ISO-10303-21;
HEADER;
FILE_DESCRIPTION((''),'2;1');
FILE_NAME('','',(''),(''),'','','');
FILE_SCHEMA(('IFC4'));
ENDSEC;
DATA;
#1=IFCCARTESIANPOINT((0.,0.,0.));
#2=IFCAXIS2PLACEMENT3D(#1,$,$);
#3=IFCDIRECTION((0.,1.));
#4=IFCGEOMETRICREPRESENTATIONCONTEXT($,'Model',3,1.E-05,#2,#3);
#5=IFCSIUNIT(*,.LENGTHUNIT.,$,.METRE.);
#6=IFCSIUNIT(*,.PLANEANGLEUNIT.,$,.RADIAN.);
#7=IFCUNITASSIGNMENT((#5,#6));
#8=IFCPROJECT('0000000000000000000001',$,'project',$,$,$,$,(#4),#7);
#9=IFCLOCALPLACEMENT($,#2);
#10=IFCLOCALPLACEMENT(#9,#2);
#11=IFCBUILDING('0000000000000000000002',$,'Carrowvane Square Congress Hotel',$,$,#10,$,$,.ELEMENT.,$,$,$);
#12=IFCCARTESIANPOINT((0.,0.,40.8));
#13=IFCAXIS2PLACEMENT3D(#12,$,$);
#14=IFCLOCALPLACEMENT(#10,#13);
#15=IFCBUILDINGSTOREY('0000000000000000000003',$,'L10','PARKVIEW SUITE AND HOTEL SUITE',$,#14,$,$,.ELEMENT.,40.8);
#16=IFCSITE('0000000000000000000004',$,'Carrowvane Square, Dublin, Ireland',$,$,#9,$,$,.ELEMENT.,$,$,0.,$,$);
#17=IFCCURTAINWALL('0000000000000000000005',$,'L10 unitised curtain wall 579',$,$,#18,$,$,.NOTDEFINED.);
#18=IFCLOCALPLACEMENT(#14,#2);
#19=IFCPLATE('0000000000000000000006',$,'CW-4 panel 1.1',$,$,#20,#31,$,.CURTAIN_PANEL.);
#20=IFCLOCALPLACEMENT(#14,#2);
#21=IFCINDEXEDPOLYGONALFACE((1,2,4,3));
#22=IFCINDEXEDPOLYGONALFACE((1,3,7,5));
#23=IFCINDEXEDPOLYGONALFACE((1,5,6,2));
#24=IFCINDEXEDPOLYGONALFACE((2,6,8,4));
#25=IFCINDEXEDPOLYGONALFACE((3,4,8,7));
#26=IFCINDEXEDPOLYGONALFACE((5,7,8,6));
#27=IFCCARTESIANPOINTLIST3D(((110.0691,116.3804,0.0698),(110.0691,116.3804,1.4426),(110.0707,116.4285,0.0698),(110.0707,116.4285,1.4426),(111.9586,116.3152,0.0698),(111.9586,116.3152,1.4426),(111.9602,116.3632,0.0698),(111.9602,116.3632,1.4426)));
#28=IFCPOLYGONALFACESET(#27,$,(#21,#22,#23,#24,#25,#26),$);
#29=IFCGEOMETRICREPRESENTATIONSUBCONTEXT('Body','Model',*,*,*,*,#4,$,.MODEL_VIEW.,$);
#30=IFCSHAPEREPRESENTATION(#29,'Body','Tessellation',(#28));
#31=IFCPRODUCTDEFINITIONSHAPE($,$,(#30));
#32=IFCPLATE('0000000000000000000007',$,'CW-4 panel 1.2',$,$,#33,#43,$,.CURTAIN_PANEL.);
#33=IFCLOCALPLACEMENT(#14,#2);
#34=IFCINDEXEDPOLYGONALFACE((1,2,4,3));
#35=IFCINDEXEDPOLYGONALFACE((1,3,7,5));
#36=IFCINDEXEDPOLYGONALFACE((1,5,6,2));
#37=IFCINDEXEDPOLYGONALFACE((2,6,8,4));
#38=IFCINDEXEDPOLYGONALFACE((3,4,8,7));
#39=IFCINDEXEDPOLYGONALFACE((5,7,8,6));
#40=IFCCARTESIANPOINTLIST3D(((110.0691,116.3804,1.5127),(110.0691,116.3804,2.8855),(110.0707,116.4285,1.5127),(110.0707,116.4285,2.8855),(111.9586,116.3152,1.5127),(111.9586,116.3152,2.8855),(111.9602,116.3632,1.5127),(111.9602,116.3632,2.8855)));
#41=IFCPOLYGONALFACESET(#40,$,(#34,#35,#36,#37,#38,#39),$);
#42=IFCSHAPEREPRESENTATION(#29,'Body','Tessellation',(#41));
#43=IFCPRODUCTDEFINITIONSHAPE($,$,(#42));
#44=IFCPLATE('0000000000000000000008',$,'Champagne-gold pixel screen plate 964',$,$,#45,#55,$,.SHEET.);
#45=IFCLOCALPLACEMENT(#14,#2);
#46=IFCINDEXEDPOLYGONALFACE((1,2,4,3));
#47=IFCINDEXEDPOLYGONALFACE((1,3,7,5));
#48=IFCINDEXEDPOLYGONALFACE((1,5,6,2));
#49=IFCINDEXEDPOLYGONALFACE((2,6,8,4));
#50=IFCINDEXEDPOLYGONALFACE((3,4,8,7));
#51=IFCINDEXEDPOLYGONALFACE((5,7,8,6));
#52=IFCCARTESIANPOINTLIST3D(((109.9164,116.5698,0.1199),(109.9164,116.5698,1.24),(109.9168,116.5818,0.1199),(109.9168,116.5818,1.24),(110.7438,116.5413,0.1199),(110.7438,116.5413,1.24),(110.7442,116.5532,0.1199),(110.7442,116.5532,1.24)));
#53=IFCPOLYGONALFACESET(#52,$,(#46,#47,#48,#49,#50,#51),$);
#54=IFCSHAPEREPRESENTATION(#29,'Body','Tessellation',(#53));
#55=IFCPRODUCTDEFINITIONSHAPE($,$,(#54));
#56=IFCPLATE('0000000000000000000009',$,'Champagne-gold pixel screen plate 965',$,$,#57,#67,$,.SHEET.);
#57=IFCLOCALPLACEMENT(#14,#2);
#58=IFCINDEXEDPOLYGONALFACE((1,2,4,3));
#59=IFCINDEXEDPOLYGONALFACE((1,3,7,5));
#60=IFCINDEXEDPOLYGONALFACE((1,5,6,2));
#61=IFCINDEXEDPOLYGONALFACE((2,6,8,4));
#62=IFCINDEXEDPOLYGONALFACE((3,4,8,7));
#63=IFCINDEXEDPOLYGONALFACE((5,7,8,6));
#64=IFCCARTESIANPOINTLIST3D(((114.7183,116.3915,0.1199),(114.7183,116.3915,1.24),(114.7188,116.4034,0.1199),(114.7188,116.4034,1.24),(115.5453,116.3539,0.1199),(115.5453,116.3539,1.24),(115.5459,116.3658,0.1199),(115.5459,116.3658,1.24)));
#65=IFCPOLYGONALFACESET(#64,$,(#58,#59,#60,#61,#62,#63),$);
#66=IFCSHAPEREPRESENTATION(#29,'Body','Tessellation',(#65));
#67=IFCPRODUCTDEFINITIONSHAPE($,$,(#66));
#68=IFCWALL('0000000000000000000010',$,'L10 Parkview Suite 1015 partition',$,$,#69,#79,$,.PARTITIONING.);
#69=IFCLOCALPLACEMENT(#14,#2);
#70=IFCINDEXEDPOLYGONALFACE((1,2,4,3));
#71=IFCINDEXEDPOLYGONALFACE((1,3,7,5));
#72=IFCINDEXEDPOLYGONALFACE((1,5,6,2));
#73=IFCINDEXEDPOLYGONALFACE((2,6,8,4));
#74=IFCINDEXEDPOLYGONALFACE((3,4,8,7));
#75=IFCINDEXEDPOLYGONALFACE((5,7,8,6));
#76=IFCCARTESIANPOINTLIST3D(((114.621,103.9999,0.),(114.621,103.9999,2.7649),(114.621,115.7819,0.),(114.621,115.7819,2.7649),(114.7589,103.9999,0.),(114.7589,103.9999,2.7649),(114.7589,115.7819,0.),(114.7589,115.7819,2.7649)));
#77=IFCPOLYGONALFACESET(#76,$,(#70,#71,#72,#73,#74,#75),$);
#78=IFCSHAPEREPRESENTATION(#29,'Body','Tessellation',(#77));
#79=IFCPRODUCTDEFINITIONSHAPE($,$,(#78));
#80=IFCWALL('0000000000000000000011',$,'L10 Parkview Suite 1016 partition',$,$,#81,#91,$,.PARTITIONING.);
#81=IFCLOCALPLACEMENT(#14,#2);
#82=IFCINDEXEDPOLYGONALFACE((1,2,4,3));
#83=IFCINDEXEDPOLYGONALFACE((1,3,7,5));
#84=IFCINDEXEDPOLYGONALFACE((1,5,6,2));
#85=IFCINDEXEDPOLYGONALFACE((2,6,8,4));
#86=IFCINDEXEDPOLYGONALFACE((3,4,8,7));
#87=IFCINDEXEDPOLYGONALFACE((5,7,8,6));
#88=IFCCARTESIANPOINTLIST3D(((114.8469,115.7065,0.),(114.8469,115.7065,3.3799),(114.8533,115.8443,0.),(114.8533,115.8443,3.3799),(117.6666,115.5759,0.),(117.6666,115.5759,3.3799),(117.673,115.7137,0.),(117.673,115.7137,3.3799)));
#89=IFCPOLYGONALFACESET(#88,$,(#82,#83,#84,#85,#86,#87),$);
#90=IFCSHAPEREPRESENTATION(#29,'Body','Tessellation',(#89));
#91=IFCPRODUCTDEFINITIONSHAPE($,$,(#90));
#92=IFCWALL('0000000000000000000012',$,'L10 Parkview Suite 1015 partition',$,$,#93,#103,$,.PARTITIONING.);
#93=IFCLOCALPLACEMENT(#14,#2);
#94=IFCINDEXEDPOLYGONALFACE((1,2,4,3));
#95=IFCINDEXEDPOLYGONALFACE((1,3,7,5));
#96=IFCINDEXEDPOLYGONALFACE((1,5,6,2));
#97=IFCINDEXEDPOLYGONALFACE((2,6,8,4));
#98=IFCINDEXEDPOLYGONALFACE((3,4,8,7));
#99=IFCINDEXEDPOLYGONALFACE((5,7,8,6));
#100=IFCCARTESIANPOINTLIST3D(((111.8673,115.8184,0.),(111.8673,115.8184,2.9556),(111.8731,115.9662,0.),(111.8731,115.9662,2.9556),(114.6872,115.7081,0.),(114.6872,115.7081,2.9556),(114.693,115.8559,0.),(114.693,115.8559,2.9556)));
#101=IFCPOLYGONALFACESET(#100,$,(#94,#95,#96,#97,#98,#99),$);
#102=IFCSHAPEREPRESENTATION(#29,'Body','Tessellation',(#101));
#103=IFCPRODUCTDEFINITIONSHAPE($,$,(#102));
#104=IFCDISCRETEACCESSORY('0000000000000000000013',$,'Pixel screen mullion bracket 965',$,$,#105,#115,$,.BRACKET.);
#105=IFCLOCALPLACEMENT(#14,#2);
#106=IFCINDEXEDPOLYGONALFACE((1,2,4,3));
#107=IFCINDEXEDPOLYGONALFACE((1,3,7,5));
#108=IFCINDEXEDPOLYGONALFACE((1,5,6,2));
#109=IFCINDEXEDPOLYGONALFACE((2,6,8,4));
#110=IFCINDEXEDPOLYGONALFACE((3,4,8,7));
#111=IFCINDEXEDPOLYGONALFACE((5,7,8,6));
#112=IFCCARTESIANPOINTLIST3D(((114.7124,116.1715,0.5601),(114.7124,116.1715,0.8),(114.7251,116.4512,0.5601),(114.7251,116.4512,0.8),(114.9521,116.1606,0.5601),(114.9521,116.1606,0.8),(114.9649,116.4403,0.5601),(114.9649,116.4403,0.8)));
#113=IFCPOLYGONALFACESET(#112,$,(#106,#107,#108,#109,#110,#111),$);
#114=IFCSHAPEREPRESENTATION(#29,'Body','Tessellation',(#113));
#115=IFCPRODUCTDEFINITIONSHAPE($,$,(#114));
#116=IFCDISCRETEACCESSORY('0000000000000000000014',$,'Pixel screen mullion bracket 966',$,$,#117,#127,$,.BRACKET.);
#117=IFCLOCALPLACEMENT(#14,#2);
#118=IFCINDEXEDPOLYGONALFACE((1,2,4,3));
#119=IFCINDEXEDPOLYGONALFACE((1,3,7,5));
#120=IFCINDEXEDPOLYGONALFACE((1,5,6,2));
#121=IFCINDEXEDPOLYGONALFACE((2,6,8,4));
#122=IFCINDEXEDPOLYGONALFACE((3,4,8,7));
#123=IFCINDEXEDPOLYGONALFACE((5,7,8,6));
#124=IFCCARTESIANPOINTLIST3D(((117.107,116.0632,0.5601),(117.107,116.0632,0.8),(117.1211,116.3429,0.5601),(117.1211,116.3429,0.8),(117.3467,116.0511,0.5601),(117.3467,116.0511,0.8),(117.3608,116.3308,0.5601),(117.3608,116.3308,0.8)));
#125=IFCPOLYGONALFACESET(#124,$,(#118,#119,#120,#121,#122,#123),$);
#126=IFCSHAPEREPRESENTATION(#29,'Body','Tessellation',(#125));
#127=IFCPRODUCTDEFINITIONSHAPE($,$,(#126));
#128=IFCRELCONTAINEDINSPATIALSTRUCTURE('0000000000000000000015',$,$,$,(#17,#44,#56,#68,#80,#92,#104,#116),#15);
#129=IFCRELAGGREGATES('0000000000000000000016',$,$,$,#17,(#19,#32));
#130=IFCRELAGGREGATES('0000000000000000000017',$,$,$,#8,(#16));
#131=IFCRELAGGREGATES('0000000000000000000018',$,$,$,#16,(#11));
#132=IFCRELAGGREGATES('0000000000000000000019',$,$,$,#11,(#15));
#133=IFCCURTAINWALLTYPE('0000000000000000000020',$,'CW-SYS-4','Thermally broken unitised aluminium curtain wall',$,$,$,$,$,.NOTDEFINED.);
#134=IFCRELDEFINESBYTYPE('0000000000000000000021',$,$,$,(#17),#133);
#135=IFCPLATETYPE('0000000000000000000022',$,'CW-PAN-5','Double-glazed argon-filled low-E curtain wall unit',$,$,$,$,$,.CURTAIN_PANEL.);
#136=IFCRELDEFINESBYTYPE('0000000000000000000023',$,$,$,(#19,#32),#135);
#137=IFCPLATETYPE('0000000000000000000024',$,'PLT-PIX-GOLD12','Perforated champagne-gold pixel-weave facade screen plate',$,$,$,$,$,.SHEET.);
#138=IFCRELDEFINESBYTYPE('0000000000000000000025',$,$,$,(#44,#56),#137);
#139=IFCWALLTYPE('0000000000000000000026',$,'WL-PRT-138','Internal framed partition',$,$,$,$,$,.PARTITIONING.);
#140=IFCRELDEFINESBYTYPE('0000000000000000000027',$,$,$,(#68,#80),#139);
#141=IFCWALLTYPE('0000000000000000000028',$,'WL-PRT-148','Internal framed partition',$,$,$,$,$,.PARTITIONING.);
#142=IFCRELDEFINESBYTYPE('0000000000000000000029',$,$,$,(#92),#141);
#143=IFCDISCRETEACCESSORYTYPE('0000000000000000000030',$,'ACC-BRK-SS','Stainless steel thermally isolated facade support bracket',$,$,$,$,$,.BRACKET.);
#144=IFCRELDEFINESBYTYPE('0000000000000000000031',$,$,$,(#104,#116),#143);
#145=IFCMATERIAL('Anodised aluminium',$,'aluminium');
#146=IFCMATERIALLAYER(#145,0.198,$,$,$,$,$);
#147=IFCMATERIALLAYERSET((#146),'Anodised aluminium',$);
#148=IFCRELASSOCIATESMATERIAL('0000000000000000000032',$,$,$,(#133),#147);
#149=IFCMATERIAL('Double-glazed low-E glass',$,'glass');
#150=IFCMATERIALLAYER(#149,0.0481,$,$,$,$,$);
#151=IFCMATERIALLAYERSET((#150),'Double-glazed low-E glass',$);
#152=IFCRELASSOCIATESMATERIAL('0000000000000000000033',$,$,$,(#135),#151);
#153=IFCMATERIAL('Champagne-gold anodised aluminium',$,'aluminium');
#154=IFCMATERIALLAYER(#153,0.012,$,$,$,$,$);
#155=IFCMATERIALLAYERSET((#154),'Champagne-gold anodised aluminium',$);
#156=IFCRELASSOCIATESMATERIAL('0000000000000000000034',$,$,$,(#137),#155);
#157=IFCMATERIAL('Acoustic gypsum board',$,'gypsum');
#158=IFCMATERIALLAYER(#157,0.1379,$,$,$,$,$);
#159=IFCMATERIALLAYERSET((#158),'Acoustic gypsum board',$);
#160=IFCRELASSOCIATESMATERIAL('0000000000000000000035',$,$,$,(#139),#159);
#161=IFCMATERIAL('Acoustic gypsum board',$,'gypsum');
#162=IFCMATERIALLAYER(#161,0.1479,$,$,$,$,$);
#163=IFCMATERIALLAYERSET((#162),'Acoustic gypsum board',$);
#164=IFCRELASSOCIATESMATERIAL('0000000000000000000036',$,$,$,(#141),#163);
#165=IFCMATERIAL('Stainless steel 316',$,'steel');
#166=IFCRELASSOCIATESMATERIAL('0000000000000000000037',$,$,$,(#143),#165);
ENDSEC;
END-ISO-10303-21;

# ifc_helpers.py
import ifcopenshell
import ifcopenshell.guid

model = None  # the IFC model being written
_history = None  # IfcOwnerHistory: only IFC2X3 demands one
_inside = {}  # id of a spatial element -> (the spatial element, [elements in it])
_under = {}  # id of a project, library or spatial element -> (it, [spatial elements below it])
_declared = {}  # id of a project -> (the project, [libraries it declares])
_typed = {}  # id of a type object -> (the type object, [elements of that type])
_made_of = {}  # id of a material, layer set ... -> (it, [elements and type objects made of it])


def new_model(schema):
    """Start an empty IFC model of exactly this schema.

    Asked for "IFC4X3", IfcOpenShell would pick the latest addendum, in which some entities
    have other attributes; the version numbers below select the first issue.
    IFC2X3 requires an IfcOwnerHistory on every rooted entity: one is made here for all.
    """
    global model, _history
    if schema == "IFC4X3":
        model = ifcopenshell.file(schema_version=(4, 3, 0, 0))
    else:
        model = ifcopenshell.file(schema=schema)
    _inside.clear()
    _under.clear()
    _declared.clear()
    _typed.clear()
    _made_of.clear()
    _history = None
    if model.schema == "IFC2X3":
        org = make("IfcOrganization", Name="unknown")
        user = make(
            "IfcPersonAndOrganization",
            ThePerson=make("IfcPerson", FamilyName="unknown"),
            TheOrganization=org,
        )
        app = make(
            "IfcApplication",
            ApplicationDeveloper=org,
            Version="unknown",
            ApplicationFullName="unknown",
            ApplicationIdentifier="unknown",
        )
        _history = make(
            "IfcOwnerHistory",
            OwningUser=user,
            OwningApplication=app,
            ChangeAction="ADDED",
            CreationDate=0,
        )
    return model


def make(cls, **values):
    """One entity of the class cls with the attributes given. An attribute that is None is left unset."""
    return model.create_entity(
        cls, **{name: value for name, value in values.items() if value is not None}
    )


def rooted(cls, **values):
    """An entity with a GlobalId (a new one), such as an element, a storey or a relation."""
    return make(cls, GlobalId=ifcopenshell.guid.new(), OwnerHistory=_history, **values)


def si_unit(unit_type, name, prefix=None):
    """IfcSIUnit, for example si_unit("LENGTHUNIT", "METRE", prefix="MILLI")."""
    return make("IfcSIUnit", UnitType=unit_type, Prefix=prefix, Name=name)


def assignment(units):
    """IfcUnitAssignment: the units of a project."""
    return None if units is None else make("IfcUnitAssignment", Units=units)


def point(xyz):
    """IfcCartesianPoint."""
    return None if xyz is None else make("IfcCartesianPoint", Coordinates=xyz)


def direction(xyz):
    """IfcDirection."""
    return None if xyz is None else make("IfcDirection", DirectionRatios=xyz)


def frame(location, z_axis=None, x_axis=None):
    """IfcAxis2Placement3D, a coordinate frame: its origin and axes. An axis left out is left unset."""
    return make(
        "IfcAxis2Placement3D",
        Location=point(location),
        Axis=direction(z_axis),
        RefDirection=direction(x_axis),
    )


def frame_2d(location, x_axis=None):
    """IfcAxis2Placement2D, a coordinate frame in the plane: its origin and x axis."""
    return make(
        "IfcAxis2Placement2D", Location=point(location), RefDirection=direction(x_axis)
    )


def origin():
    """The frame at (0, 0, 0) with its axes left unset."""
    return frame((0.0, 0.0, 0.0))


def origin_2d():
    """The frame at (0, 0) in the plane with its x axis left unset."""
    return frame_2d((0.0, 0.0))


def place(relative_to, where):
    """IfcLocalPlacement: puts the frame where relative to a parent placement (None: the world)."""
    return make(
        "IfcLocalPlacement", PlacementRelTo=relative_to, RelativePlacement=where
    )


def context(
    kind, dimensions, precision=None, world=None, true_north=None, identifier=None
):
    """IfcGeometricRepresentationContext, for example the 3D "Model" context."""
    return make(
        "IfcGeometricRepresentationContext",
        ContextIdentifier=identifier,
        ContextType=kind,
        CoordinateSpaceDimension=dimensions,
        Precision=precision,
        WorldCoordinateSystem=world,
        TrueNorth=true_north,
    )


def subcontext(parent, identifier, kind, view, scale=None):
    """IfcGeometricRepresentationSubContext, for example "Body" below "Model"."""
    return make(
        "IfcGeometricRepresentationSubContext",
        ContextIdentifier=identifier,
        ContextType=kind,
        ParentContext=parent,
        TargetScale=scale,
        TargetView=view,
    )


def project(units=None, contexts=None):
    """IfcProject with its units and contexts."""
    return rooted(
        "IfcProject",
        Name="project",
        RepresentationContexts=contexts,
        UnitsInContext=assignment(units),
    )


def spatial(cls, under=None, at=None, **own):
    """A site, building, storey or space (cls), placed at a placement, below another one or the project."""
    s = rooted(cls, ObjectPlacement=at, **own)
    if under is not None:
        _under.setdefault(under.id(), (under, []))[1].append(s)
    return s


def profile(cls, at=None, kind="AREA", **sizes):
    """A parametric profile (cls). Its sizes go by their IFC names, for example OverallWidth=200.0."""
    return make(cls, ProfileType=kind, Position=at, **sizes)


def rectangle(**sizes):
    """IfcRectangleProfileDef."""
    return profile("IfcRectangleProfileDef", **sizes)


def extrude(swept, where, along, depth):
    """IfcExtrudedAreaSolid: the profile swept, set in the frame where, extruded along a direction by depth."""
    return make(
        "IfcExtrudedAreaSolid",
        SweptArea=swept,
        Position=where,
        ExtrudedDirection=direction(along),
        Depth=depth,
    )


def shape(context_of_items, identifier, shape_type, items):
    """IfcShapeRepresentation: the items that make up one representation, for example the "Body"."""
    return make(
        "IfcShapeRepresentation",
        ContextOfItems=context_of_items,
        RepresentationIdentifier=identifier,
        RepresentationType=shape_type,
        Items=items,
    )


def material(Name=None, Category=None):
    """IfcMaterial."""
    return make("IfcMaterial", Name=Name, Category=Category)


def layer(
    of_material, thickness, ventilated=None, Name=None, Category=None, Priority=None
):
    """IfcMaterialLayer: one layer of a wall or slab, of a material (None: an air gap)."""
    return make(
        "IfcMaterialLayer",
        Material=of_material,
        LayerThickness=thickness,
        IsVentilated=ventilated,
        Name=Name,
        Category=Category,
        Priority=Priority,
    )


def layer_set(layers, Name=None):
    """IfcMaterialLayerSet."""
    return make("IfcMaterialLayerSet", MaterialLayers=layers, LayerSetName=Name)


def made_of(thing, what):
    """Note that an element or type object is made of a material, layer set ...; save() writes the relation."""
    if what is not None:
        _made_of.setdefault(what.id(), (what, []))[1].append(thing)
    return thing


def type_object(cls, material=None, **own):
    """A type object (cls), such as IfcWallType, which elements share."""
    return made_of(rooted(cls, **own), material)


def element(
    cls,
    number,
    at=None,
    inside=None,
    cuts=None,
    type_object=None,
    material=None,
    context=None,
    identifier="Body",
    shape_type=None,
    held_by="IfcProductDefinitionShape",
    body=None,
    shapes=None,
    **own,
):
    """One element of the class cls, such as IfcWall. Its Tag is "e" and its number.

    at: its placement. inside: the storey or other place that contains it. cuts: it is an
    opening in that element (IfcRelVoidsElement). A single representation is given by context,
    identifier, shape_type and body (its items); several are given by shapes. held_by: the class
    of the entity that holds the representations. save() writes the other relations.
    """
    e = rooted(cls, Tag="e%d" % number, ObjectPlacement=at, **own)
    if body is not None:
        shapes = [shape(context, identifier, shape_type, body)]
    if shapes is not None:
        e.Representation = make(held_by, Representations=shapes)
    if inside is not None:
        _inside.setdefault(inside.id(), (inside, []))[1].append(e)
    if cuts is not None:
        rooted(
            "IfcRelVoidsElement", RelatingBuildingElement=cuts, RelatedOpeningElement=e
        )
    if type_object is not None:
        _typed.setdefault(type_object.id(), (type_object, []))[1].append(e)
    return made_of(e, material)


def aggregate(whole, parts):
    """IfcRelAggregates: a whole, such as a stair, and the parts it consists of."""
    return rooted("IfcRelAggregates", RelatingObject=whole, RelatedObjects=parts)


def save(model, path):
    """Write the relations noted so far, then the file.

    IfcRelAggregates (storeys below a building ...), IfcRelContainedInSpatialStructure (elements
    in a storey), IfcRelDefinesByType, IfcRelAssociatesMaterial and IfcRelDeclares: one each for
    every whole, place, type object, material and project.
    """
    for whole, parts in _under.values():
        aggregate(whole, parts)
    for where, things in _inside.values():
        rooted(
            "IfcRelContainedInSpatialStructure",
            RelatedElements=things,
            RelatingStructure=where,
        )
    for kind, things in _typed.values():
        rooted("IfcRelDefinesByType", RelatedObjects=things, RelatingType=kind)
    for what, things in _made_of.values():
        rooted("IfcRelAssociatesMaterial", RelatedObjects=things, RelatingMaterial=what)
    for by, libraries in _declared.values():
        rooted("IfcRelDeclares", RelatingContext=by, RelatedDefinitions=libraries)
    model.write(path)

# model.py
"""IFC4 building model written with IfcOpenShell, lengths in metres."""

from ifc_helpers import new_model, si_unit, direction, frame, frame_2d, origin, origin_2d, place, context, subcontext, project, spatial, rectangle, extrude, material, layer, layer_set, type_object, element, aggregate, save


model = new_model("IFC4")

# Units and contexts
model_context = context("Model", 3, precision=1e-05, world=origin(), true_north=direction((0.0, 1.0)))
body_context = subcontext(model_context, "Body", "Model", "MODEL_VIEW")
ifc_project = project(units=[si_unit("LENGTHUNIT", "METRE"), si_unit("PLANEANGLEUNIT", "RADIAN")], contexts=[model_context])

# Site, building, storey
site_placement = place(None, origin())
site = spatial("IfcSite", under=ifc_project, at=site_placement, Name="Carrowvane Square, Dublin, Ireland", CompositionType="ELEMENT", RefElevation=0.0)
building_placement = place(site_placement, origin())
building = spatial("IfcBuilding", under=site, at=building_placement, Name="Carrowvane Square Congress Hotel", CompositionType="ELEMENT")
storey_placement = place(building_placement, frame((0.0, 0.0, 40.8)))
storey = spatial("IfcBuildingStorey", under=building, at=storey_placement, Name="L10", Description="PARKVIEW SUITE AND HOTEL SUITE", CompositionType="ELEMENT", Elevation=40.8)

# Curtain wall
ifc_material_1 = material(Name="Anodised aluminium", Category="aluminium")
ifc_layer_1 = layer(ifc_material_1, 0.198)
ifc_layer_set_1 = layer_set([ifc_layer_1], Name="Anodised aluminium")
curtain_wall_type_1 = type_object("IfcCurtainWallType", Name="CW-SYS-4", Description="Thermally broken unitised aluminium curtain wall", PredefinedType="NOTDEFINED", material=ifc_layer_set_1)
curtain_wall_1_placement = place(storey_placement, origin())
curtain_wall_1 = element("IfcCurtainWall", 1, at=curtain_wall_1_placement, inside=storey, type_object=curtain_wall_type_1, Name="L10 unitised curtain wall 579", PredefinedType="NOTDEFINED")

# Plates
ifc_material_2 = material(Name="Double-glazed low-E glass", Category="glass")
ifc_layer_2 = layer(ifc_material_2, 0.0481)
ifc_layer_set_2 = layer_set([ifc_layer_2], Name="Double-glazed low-E glass")
plate_type_1 = type_object("IfcPlateType", Name="CW-PAN-5", Description="Double-glazed argon-filled low-E curtain wall unit", PredefinedType="CURTAIN_PANEL", material=ifc_layer_set_2)
plate_1_placement = place(storey_placement, frame((111.0146, 116.3718, 0.0698), z_axis=(0.0, 0.0, 1.0), x_axis=(0.999404, -0.03453, 0.0)))
plate_1 = element("IfcPlate", 2, at=plate_1_placement, type_object=plate_type_1, Name="CW-4 panel 1.1", PredefinedType="CURTAIN_PANEL", context=body_context, shape_type="SweptSolid", body=[
    extrude(rectangle(XDim=1.8906, YDim=0.0481, at=origin_2d()), origin(), (0.0, 0.0, 1.0), 1.3728),
])
plate_2_placement = place(storey_placement, frame((111.0146, 116.3718, 1.5127), z_axis=(0.0, 0.0, 1.0), x_axis=(0.999404, -0.03453, 0.0)))
plate_2 = element("IfcPlate", 3, at=plate_2_placement, type_object=plate_type_1, Name="CW-4 panel 1.2", PredefinedType="CURTAIN_PANEL", context=body_context, shape_type="SweptSolid", body=[
    extrude(rectangle(XDim=1.8906, YDim=0.0481, at=origin_2d()), origin(), (0.0, 0.0, 1.0), 1.3728),
])
aggregate(curtain_wall_1, [plate_1, plate_2])

# Plates
ifc_material_3 = material(Name="Champagne-gold anodised aluminium", Category="aluminium")
ifc_layer_3 = layer(ifc_material_3, 0.012)
ifc_layer_set_3 = layer_set([ifc_layer_3], Name="Champagne-gold anodised aluminium")
plate_type_2 = type_object("IfcPlateType", Name="PLT-PIX-GOLD12", Description="Perforated champagne-gold pixel-weave facade screen plate", PredefinedType="SHEET", material=ifc_layer_set_3)
for number, where, z_axis, x_axis, name in (
    (4, (110.3303, 116.5615, 0.1199), (0.0, 0.0, 1.0), (0.999404, -0.034527, 0.0), "Champagne-gold pixel screen plate 964"),
    (5, (115.1321, 116.3787, 0.1199), (0.0, 0.0, 1.0), (0.998968, -0.045414, 0.0), "Champagne-gold pixel screen plate 965"),
):
    element("IfcPlate", number, at=place(storey_placement, frame(where, z_axis=z_axis, x_axis=x_axis)), inside=storey, type_object=plate_type_2, Name=name, PredefinedType="SHEET", context=body_context, shape_type="SweptSolid", body=[
        extrude(rectangle(XDim=0.8279, YDim=0.012, at=origin_2d()), origin(), (0.0, 0.0, 1.0), 1.1201),
    ])

# Walls
ifc_material_4 = material(Name="Acoustic gypsum board", Category="gypsum")
ifc_layer_4 = layer(ifc_material_4, 0.1379)
ifc_layer_set_4 = layer_set([ifc_layer_4], Name="Acoustic gypsum board")
wall_type_1 = type_object("IfcWallType", Name="WL-PRT-138", Description="Internal framed partition", PredefinedType="PARTITIONING", material=ifc_layer_set_4)
wall_1_placement = place(storey_placement, frame((114.6899, 115.782, 0.0), z_axis=(0.0, 0.0, 1.0), x_axis=(0.0, -1.0, 0.0)))
element("IfcWall", 6, at=wall_1_placement, inside=storey, type_object=wall_type_1, Name="L10 Parkview Suite 1015 partition", PredefinedType="PARTITIONING", context=body_context, shape_type="SweptSolid", body=[
    extrude(rectangle(XDim=11.782, YDim=0.1379, at=frame_2d((5.8911, 0.0))), origin(), (0.0, 0.0, 1.0), 2.7649),
])
wall_2_placement = place(storey_placement, frame((114.8501, 115.7754, 0.0), z_axis=(0.0, 0.0, 1.0), x_axis=(0.998929, -0.046271, 0.0)))
element("IfcWall", 7, at=wall_2_placement, inside=storey, type_object=wall_type_1, Name="L10 Parkview Suite 1016 partition", PredefinedType="PARTITIONING", context=body_context, shape_type="SweptSolid", body=[
    extrude(rectangle(XDim=2.8228, YDim=0.1379, at=frame_2d((1.4114, 0.0))), origin(), (0.0, 0.0, 1.0), 3.3799),
])
ifc_material_5 = material(Name="Acoustic gypsum board", Category="gypsum")
ifc_layer_5 = layer(ifc_material_5, 0.1479)
ifc_layer_set_5 = layer_set([ifc_layer_5], Name="Acoustic gypsum board")
wall_type_2 = type_object("IfcWallType", Name="WL-PRT-148", Description="Internal framed partition", PredefinedType="PARTITIONING", material=ifc_layer_set_5)
wall_3_placement = place(storey_placement, frame((111.8701, 115.8923, 0.0), z_axis=(0.0, 0.0, 1.0), x_axis=(0.999235, -0.039104, 0.0)))
element("IfcWall", 8, at=wall_3_placement, inside=storey, type_object=wall_type_2, Name="L10 Parkview Suite 1015 partition", PredefinedType="PARTITIONING", context=body_context, shape_type="SweptSolid", body=[
    extrude(rectangle(XDim=2.822, YDim=0.1479, at=frame_2d((1.4111, 0.0))), origin(), (0.0, 0.0, 1.0), 2.9556),
])

# Discrete accessories
ifc_material_6 = material(Name="Stainless steel 316", Category="steel")
discrete_accessory_type = type_object("IfcDiscreteAccessoryType", Name="ACC-BRK-SS", Description="Stainless steel thermally isolated facade support bracket", PredefinedType="BRACKET", material=ifc_material_6)
for number, where, z_axis, x_axis, name in (
    (9, (114.8386, 116.3059, 0.5601), (0.0, 0.0, 1.0), (0.998968, -0.045414, 0.0), "Pixel screen mullion bracket 965"),
    (10, (117.2339, 116.197, 0.5601), (0.0, 0.0, 1.0), (0.998733, -0.050322, 0.0), "Pixel screen mullion bracket 966"),
):
    element("IfcDiscreteAccessory", number, at=place(storey_placement, frame(where, z_axis=z_axis, x_axis=x_axis)), inside=storey, type_object=discrete_accessory_type, Name=name, PredefinedType="BRACKET", context=body_context, shape_type="SweptSolid", body=[
        extrude(rectangle(XDim=0.24, YDim=0.28, at=origin_2d()), origin(), (0.0, 0.0, 1.0), 0.24),
    ])

save(model, "model.ifc")
